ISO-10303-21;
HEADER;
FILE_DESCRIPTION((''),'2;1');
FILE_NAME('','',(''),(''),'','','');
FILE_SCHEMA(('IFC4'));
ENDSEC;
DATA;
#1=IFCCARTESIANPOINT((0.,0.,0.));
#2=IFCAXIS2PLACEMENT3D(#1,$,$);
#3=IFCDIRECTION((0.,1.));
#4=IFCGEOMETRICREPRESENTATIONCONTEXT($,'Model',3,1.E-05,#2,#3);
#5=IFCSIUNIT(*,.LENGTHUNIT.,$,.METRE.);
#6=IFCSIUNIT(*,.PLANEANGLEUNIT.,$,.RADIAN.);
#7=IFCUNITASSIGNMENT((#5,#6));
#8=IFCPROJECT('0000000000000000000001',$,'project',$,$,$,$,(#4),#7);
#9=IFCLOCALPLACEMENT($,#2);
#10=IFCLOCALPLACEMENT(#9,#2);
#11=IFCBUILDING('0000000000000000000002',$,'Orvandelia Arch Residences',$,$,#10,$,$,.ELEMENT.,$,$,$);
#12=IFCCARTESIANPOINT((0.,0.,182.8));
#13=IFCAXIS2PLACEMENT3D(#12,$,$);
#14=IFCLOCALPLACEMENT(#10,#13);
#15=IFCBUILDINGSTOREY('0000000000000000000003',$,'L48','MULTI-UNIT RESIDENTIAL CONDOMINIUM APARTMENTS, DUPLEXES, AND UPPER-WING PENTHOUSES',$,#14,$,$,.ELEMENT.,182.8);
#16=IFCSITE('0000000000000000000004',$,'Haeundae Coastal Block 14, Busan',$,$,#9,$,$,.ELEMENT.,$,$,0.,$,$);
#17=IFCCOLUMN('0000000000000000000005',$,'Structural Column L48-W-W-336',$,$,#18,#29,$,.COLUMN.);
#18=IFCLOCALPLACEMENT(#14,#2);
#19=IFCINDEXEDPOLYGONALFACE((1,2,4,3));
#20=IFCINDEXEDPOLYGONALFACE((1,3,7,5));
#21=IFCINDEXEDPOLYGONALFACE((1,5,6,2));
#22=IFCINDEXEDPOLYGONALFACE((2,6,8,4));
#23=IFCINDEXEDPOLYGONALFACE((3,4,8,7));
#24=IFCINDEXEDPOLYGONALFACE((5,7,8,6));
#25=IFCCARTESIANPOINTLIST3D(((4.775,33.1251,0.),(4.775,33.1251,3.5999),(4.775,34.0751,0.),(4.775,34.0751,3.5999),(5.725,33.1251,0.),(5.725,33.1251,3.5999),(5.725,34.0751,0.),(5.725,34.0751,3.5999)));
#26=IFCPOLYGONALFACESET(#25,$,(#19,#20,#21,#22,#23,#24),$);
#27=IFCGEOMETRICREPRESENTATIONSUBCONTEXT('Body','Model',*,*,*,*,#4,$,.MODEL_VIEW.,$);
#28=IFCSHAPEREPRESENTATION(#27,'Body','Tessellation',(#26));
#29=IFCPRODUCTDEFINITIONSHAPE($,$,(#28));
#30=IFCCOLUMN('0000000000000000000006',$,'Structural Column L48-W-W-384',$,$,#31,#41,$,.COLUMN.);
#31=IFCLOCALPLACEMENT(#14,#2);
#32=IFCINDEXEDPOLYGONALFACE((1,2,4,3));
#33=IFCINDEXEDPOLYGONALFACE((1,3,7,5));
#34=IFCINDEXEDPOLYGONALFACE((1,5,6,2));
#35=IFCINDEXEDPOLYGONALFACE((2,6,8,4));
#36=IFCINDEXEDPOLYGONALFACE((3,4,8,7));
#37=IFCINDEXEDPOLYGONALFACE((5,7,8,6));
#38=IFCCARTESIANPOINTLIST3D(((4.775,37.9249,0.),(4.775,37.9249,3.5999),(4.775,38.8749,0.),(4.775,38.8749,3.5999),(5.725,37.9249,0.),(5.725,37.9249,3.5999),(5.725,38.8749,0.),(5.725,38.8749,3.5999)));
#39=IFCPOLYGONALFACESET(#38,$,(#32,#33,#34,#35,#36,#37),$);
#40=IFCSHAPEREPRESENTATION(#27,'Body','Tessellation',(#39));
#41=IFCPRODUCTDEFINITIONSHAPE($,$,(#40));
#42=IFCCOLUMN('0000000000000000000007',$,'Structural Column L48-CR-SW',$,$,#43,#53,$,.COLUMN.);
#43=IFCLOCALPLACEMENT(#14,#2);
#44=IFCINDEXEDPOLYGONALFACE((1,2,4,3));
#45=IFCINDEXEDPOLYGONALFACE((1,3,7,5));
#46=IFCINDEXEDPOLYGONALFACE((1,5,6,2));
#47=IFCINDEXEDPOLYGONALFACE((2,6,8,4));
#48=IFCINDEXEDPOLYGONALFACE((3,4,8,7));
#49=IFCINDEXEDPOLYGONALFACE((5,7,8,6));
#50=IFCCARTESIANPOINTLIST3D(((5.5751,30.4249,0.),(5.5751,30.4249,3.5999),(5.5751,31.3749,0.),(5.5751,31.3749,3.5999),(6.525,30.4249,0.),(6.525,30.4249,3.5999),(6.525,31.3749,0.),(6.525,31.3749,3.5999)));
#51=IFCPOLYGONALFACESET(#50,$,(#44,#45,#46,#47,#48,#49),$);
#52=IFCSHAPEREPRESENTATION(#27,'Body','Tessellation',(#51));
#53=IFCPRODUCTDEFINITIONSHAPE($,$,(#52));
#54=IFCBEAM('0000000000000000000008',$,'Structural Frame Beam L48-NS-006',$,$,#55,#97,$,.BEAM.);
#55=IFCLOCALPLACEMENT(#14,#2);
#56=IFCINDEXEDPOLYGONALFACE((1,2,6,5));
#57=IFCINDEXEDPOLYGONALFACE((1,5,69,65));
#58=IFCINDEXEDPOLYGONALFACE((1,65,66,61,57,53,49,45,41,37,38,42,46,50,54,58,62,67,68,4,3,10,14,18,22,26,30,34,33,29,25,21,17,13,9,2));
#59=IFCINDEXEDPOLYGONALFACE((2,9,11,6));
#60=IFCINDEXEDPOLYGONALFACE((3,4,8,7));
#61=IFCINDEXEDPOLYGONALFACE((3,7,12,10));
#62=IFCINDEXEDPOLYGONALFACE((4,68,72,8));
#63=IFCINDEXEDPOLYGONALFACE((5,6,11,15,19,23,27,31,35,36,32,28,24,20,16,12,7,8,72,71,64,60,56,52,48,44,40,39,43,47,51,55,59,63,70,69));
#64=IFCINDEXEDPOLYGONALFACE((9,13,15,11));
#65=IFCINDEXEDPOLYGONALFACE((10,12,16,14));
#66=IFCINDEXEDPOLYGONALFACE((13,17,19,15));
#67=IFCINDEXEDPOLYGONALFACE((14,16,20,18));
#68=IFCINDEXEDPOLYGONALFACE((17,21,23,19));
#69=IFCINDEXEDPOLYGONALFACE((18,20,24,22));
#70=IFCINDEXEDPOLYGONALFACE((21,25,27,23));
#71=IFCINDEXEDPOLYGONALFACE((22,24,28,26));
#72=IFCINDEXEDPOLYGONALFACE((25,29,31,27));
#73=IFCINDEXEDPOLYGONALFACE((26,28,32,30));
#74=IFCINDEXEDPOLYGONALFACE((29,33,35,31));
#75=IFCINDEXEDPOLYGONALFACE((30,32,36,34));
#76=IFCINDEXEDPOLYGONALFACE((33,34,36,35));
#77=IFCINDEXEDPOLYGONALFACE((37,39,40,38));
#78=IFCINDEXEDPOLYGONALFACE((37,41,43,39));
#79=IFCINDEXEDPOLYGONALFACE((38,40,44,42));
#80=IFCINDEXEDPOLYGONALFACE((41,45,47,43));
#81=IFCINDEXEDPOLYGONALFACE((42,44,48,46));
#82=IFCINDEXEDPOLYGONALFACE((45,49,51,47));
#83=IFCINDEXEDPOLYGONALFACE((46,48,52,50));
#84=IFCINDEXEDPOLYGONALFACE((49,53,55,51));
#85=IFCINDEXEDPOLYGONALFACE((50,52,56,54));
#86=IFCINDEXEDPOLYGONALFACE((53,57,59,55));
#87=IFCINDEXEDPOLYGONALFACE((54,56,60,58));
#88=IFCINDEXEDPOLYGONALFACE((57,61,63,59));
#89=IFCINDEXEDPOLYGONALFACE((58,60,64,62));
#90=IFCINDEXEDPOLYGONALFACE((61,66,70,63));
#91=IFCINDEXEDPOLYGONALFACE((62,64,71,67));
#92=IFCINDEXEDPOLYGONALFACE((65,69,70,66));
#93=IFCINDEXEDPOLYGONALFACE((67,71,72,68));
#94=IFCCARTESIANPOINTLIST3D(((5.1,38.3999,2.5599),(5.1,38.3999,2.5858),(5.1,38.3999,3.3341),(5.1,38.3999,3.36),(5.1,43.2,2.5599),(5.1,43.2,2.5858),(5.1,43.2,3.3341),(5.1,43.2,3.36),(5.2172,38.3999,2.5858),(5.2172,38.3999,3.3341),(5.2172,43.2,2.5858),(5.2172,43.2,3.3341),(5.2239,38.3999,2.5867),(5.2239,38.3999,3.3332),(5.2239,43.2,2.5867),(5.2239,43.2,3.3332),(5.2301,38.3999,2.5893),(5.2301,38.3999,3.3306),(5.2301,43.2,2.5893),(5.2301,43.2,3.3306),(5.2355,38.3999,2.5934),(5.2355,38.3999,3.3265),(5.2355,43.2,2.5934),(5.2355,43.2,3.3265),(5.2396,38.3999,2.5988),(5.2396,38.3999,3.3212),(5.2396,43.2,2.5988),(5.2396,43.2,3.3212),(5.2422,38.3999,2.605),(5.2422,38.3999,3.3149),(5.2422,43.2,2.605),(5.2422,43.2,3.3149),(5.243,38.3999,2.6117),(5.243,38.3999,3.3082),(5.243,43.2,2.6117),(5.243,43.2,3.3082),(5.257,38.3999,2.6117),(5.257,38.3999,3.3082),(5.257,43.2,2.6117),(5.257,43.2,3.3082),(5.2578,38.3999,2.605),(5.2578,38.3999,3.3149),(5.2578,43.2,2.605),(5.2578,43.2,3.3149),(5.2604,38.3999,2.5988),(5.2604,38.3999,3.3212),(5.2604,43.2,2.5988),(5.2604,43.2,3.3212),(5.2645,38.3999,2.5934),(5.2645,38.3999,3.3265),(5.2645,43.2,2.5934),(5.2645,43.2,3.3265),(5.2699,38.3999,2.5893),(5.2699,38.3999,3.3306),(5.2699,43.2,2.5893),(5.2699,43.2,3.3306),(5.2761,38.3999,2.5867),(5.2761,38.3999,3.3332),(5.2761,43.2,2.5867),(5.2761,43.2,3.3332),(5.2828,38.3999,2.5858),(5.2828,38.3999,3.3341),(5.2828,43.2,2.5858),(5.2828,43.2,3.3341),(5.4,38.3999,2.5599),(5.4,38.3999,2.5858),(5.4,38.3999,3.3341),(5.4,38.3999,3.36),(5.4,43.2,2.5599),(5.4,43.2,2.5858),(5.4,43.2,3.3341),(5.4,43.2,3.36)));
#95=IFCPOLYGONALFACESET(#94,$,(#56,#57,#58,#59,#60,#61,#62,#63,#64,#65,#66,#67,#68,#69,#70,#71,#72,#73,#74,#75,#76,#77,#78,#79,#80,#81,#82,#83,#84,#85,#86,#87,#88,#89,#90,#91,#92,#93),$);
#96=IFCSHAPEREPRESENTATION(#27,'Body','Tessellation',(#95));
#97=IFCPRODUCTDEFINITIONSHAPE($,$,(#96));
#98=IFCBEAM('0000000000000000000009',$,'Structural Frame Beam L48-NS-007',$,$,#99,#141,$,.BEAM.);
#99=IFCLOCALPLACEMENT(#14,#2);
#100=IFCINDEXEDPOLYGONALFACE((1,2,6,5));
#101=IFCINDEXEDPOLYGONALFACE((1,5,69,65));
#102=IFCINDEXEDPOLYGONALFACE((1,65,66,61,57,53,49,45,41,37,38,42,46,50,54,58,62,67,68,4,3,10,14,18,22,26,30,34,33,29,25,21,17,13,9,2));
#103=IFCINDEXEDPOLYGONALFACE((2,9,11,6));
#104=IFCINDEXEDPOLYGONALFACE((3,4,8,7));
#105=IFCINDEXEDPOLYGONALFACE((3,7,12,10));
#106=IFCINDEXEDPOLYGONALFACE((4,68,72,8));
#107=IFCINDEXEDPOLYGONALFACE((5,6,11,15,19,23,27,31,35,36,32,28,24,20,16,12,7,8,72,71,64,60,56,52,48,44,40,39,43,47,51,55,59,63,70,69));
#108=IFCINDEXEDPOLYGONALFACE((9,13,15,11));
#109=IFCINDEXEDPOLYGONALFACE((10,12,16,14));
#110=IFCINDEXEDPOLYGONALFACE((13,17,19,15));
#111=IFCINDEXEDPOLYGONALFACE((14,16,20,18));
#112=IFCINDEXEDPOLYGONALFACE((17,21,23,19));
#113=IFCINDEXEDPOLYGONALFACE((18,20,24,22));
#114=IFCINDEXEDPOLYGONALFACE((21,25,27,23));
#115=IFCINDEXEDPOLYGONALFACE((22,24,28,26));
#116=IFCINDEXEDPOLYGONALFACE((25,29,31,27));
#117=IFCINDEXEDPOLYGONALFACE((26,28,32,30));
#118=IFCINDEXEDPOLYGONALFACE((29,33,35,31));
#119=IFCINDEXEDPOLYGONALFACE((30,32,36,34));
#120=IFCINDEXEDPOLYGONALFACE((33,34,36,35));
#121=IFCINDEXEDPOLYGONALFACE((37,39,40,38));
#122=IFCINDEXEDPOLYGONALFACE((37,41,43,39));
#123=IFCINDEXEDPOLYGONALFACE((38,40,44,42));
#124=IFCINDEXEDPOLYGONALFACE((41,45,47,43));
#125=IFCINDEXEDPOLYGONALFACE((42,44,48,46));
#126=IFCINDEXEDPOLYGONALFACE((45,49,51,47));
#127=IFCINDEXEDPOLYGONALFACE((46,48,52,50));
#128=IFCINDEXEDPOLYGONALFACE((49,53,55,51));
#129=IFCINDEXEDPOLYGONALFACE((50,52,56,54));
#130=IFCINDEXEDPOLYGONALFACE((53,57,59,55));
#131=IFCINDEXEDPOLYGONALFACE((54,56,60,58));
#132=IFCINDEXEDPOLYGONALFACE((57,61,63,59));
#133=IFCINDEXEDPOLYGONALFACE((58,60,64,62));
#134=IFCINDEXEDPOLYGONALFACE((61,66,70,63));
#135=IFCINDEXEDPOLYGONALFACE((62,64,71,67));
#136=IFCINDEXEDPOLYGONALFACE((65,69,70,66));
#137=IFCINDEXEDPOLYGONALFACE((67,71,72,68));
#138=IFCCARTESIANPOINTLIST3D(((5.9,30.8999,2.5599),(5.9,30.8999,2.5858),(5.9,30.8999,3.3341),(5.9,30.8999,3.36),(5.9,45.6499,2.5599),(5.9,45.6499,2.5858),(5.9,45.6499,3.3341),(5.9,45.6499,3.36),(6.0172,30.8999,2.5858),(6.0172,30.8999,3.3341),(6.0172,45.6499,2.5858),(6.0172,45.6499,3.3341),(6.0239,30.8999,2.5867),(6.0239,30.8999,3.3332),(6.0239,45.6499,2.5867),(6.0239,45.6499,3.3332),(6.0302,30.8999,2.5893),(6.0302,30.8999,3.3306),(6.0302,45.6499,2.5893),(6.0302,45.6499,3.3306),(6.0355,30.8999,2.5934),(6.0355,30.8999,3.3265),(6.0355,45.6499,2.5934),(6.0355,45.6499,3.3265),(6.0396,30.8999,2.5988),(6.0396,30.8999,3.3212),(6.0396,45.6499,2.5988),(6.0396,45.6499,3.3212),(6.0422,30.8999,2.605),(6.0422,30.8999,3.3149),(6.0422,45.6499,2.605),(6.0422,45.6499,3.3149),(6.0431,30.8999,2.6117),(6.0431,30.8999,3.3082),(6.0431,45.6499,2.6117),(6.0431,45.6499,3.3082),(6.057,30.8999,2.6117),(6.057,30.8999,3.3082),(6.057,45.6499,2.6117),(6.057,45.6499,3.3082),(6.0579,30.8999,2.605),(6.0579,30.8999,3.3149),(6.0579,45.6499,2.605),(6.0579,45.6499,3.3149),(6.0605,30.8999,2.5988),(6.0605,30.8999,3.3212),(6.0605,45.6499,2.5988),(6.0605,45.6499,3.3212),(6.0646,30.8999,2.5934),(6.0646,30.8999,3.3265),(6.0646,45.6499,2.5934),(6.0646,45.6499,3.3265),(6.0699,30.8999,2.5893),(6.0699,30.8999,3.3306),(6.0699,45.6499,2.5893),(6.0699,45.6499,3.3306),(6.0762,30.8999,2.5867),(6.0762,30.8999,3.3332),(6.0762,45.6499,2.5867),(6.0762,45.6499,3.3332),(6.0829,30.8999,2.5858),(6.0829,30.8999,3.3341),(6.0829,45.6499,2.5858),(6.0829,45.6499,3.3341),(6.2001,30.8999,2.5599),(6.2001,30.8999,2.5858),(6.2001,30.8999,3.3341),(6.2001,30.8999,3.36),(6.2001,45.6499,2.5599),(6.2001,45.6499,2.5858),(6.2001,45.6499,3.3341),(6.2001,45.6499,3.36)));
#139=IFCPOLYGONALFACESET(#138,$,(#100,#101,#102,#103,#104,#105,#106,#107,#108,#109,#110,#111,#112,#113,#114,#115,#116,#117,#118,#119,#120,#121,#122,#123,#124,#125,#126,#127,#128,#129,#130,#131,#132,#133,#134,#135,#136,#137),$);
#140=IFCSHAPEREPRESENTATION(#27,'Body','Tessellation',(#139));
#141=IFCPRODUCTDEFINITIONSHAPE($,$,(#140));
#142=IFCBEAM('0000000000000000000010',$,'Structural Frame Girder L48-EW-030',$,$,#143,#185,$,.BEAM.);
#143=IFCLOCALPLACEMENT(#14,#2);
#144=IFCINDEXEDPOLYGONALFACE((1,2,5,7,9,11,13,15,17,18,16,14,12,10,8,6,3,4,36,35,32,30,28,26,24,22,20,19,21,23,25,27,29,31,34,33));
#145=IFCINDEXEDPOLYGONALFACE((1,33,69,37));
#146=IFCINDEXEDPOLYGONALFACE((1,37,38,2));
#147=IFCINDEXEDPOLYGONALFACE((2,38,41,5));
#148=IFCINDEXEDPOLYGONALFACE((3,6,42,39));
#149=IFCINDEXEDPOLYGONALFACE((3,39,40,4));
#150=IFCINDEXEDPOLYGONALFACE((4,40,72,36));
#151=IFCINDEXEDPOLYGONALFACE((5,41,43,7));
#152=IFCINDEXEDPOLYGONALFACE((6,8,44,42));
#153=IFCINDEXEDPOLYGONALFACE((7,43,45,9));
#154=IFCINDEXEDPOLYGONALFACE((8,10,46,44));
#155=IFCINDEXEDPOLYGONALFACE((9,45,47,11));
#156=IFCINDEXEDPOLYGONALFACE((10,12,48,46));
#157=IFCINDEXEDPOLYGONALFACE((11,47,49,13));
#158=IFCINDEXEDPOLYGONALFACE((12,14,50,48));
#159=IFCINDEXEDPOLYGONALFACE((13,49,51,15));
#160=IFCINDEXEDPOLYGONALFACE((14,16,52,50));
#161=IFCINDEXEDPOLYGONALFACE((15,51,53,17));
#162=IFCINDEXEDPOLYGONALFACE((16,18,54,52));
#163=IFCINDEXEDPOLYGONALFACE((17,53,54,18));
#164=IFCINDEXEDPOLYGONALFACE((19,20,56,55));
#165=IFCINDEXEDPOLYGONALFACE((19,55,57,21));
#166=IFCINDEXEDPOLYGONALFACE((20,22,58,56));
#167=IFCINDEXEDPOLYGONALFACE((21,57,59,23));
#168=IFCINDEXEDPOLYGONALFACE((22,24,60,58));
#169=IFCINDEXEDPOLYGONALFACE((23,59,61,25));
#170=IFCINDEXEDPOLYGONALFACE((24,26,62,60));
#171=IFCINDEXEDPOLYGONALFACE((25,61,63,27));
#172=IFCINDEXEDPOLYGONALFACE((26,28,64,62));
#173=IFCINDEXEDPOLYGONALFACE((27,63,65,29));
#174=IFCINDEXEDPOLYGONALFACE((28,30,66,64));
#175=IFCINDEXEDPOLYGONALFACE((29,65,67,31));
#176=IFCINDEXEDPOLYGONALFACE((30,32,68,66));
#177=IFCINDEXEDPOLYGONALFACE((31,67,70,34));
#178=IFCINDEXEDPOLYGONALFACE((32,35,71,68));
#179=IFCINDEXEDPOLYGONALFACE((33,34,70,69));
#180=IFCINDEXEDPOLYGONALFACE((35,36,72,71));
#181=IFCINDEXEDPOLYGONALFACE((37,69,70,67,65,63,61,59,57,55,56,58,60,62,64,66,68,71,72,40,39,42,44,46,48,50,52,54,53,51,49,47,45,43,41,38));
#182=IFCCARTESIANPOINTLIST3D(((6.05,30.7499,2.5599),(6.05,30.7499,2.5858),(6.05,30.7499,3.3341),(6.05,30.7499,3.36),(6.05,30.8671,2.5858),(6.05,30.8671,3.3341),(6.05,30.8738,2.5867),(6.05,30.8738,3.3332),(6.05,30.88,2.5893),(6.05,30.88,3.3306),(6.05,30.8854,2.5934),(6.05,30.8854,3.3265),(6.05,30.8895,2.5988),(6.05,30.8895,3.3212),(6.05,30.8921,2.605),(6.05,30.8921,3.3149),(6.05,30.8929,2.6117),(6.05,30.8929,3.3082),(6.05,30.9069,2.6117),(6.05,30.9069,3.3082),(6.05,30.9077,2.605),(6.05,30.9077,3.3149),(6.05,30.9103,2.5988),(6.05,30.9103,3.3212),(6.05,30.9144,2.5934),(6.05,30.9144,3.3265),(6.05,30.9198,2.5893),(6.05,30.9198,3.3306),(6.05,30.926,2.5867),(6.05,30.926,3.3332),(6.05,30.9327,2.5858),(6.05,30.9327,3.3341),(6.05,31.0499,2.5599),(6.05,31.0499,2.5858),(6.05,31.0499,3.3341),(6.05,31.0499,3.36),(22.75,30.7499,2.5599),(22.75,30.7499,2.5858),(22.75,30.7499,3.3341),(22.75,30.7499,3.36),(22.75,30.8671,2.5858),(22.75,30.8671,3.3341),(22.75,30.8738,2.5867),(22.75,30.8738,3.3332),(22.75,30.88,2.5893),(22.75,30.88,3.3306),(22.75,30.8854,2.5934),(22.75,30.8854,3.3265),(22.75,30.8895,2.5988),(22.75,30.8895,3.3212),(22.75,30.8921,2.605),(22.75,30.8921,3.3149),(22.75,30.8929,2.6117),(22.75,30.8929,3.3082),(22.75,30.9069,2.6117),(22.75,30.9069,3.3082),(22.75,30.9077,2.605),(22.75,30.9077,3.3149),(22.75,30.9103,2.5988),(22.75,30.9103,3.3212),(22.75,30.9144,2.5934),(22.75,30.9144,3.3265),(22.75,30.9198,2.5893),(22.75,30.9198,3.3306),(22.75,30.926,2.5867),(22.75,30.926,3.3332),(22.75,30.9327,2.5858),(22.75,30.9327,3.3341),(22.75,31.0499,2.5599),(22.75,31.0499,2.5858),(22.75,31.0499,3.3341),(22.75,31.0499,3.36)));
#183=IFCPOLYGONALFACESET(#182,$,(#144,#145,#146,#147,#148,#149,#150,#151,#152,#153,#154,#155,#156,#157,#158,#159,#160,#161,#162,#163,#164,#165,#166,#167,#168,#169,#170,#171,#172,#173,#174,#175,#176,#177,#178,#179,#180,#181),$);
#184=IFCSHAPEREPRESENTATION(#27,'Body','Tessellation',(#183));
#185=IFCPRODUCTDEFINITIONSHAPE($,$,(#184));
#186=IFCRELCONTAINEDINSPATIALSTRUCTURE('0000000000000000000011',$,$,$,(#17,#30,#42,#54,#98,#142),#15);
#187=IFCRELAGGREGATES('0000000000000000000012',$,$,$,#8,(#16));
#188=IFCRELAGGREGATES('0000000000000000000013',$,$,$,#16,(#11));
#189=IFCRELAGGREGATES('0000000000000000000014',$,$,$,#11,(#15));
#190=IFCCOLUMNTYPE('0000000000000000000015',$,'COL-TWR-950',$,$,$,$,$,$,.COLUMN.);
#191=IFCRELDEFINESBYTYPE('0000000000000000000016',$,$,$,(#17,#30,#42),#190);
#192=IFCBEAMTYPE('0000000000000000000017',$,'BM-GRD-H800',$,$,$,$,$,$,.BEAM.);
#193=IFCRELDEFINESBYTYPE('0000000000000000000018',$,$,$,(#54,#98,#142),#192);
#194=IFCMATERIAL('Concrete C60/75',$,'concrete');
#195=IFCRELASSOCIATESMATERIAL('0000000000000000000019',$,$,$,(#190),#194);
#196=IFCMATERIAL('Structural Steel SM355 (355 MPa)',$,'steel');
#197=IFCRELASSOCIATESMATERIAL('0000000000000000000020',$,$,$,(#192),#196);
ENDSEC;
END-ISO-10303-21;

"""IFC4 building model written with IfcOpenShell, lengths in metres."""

from ifc_helpers import new_model, si_unit, direction, frame, origin, origin_2d, place, context, subcontext, project, spatial, rectangle, i_section, extrude, material, material_profile, profile_set, type_object, element, save


model = new_model("IFC4")

# Units and contexts
model_context = context("Model", 3, precision=1e-05, world=origin(), true_north=direction((0.0, 1.0)))
body_context = subcontext(model_context, "Body", "Model", "MODEL_VIEW")
ifc_project = project(units=[si_unit("LENGTHUNIT", "METRE"), si_unit("PLANEANGLEUNIT", "RADIAN")], contexts=[model_context])

# Site, building, storey
site_placement = place(None, origin())
site = spatial("IfcSite", under=ifc_project, at=site_placement, Name="Haeundae Coastal Block 14, Busan", CompositionType="ELEMENT", RefElevation=0.0)
building_placement = place(site_placement, origin())
building = spatial("IfcBuilding", under=site, at=building_placement, Name="Orvandelia Arch Residences", CompositionType="ELEMENT")
storey_placement = place(building_placement, frame((0.0, 0.0, 182.8)))
storey = spatial("IfcBuildingStorey", under=building, at=storey_placement, Name="L48", Description="MULTI-UNIT RESIDENTIAL CONDOMINIUM APARTMENTS, DUPLEXES, AND UPPER-WING PENTHOUSES", CompositionType="ELEMENT", Elevation=182.8)

# Columns
ifc_material_1 = material(Name="Concrete C60/75", Category="concrete")
ifc_material_profile_1 = material_profile(ifc_material_1, rectangle(XDim=0.95, YDim=0.95, at=origin_2d()), Name="Concrete C60/75", Category="concrete")
ifc_profile_set_1 = profile_set([ifc_material_profile_1], Name="Concrete C60/75")
column_type = type_object("IfcColumnType", Name="COL-TWR-950", PredefinedType="COLUMN", material=ifc_profile_set_1)
for number, where, z_axis, x_axis, name in (
    (1, (5.25, 33.6001, 0.0), (0.0, 0.0, 1.0), (1.0, 0.0, 0.0), "Structural Column L48-W-W-336"),
    (2, (5.25, 38.3999, 0.0), (0.0, 0.0, 1.0), (1.0, 0.0, 0.0), "Structural Column L48-W-W-384"),
    (3, (6.05, 30.8999, 0.0), (0.0, 0.0, 1.0), (1.0, 0.0, 0.0), "Structural Column L48-CR-SW"),
):
    element("IfcColumn", number, at=place(storey_placement, frame(where, z_axis=z_axis, x_axis=x_axis)), inside=storey, type_object=column_type, Name=name, PredefinedType="COLUMN", context=body_context, shape_type="SweptSolid", body=[
        extrude(rectangle(XDim=0.95, YDim=0.95, at=origin_2d()), origin(), (0.0, 0.0, 1.0), 3.5999),
    ])

# Beams
ifc_material_2 = material(Name="Structural Steel SM355 (355 MPa)", Category="steel")
ifc_material_profile_2 = material_profile(ifc_material_2, i_section(OverallWidth=0.3, OverallDepth=0.8, WebThickness=0.0139, FlangeThickness=0.0259, FilletRadius=0.0259, at=origin_2d()), Name="Structural Steel SM355 (355 MPa)", Category="steel")
ifc_profile_set_2 = profile_set([ifc_material_profile_2], Name="Structural Steel SM355 (355 MPa)")
beam_type_1 = type_object("IfcBeamType", Name="BM-GRD-H800", PredefinedType="BEAM", material=ifc_profile_set_2)
beam_1_placement = place(storey_placement, frame((5.25, 38.3999, 2.96), z_axis=(0.0, 1.0, 0.0), x_axis=(-1.0, 0.0, 0.0)))
element("IfcBeam", 4, at=beam_1_placement, inside=storey, type_object=beam_type_1, Name="Structural Frame Beam L48-NS-006", PredefinedType="BEAM", context=body_context, shape_type="SweptSolid", body=[
    extrude(i_section(OverallWidth=0.3, OverallDepth=0.8, WebThickness=0.0139, FlangeThickness=0.0259, FilletRadius=0.0259, at=origin_2d()), origin(), (0.0, 0.0, 1.0), 4.8),
])
beam_2_placement = place(storey_placement, frame((6.05, 30.8999, 2.96), z_axis=(0.0, 1.0, 0.0), x_axis=(-1.0, 0.0, 0.0)))
element("IfcBeam", 5, at=beam_2_placement, inside=storey, type_object=beam_type_1, Name="Structural Frame Beam L48-NS-007", PredefinedType="BEAM", context=body_context, shape_type="SweptSolid", body=[
    extrude(i_section(OverallWidth=0.3, OverallDepth=0.8, WebThickness=0.0139, FlangeThickness=0.0259, FilletRadius=0.0259, at=origin_2d()), origin(), (0.0, 0.0, 1.0), 14.75),
])
beam_3_placement = place(storey_placement, frame((6.05, 30.8999, 2.96), z_axis=(1.0, 0.0, 0.0), x_axis=(0.0, 1.0, 0.0)))
element("IfcBeam", 6, at=beam_3_placement, inside=storey, type_object=beam_type_1, Name="Structural Frame Girder L48-EW-030", PredefinedType="BEAM", context=body_context, shape_type="SweptSolid", body=[
    extrude(i_section(OverallWidth=0.3, OverallDepth=0.8, WebThickness=0.0139, FlangeThickness=0.0259, FilletRadius=0.0259, at=origin_2d()), origin(), (0.0, 0.0, 1.0), 16.7),
])

save(model, "model.ifc")
